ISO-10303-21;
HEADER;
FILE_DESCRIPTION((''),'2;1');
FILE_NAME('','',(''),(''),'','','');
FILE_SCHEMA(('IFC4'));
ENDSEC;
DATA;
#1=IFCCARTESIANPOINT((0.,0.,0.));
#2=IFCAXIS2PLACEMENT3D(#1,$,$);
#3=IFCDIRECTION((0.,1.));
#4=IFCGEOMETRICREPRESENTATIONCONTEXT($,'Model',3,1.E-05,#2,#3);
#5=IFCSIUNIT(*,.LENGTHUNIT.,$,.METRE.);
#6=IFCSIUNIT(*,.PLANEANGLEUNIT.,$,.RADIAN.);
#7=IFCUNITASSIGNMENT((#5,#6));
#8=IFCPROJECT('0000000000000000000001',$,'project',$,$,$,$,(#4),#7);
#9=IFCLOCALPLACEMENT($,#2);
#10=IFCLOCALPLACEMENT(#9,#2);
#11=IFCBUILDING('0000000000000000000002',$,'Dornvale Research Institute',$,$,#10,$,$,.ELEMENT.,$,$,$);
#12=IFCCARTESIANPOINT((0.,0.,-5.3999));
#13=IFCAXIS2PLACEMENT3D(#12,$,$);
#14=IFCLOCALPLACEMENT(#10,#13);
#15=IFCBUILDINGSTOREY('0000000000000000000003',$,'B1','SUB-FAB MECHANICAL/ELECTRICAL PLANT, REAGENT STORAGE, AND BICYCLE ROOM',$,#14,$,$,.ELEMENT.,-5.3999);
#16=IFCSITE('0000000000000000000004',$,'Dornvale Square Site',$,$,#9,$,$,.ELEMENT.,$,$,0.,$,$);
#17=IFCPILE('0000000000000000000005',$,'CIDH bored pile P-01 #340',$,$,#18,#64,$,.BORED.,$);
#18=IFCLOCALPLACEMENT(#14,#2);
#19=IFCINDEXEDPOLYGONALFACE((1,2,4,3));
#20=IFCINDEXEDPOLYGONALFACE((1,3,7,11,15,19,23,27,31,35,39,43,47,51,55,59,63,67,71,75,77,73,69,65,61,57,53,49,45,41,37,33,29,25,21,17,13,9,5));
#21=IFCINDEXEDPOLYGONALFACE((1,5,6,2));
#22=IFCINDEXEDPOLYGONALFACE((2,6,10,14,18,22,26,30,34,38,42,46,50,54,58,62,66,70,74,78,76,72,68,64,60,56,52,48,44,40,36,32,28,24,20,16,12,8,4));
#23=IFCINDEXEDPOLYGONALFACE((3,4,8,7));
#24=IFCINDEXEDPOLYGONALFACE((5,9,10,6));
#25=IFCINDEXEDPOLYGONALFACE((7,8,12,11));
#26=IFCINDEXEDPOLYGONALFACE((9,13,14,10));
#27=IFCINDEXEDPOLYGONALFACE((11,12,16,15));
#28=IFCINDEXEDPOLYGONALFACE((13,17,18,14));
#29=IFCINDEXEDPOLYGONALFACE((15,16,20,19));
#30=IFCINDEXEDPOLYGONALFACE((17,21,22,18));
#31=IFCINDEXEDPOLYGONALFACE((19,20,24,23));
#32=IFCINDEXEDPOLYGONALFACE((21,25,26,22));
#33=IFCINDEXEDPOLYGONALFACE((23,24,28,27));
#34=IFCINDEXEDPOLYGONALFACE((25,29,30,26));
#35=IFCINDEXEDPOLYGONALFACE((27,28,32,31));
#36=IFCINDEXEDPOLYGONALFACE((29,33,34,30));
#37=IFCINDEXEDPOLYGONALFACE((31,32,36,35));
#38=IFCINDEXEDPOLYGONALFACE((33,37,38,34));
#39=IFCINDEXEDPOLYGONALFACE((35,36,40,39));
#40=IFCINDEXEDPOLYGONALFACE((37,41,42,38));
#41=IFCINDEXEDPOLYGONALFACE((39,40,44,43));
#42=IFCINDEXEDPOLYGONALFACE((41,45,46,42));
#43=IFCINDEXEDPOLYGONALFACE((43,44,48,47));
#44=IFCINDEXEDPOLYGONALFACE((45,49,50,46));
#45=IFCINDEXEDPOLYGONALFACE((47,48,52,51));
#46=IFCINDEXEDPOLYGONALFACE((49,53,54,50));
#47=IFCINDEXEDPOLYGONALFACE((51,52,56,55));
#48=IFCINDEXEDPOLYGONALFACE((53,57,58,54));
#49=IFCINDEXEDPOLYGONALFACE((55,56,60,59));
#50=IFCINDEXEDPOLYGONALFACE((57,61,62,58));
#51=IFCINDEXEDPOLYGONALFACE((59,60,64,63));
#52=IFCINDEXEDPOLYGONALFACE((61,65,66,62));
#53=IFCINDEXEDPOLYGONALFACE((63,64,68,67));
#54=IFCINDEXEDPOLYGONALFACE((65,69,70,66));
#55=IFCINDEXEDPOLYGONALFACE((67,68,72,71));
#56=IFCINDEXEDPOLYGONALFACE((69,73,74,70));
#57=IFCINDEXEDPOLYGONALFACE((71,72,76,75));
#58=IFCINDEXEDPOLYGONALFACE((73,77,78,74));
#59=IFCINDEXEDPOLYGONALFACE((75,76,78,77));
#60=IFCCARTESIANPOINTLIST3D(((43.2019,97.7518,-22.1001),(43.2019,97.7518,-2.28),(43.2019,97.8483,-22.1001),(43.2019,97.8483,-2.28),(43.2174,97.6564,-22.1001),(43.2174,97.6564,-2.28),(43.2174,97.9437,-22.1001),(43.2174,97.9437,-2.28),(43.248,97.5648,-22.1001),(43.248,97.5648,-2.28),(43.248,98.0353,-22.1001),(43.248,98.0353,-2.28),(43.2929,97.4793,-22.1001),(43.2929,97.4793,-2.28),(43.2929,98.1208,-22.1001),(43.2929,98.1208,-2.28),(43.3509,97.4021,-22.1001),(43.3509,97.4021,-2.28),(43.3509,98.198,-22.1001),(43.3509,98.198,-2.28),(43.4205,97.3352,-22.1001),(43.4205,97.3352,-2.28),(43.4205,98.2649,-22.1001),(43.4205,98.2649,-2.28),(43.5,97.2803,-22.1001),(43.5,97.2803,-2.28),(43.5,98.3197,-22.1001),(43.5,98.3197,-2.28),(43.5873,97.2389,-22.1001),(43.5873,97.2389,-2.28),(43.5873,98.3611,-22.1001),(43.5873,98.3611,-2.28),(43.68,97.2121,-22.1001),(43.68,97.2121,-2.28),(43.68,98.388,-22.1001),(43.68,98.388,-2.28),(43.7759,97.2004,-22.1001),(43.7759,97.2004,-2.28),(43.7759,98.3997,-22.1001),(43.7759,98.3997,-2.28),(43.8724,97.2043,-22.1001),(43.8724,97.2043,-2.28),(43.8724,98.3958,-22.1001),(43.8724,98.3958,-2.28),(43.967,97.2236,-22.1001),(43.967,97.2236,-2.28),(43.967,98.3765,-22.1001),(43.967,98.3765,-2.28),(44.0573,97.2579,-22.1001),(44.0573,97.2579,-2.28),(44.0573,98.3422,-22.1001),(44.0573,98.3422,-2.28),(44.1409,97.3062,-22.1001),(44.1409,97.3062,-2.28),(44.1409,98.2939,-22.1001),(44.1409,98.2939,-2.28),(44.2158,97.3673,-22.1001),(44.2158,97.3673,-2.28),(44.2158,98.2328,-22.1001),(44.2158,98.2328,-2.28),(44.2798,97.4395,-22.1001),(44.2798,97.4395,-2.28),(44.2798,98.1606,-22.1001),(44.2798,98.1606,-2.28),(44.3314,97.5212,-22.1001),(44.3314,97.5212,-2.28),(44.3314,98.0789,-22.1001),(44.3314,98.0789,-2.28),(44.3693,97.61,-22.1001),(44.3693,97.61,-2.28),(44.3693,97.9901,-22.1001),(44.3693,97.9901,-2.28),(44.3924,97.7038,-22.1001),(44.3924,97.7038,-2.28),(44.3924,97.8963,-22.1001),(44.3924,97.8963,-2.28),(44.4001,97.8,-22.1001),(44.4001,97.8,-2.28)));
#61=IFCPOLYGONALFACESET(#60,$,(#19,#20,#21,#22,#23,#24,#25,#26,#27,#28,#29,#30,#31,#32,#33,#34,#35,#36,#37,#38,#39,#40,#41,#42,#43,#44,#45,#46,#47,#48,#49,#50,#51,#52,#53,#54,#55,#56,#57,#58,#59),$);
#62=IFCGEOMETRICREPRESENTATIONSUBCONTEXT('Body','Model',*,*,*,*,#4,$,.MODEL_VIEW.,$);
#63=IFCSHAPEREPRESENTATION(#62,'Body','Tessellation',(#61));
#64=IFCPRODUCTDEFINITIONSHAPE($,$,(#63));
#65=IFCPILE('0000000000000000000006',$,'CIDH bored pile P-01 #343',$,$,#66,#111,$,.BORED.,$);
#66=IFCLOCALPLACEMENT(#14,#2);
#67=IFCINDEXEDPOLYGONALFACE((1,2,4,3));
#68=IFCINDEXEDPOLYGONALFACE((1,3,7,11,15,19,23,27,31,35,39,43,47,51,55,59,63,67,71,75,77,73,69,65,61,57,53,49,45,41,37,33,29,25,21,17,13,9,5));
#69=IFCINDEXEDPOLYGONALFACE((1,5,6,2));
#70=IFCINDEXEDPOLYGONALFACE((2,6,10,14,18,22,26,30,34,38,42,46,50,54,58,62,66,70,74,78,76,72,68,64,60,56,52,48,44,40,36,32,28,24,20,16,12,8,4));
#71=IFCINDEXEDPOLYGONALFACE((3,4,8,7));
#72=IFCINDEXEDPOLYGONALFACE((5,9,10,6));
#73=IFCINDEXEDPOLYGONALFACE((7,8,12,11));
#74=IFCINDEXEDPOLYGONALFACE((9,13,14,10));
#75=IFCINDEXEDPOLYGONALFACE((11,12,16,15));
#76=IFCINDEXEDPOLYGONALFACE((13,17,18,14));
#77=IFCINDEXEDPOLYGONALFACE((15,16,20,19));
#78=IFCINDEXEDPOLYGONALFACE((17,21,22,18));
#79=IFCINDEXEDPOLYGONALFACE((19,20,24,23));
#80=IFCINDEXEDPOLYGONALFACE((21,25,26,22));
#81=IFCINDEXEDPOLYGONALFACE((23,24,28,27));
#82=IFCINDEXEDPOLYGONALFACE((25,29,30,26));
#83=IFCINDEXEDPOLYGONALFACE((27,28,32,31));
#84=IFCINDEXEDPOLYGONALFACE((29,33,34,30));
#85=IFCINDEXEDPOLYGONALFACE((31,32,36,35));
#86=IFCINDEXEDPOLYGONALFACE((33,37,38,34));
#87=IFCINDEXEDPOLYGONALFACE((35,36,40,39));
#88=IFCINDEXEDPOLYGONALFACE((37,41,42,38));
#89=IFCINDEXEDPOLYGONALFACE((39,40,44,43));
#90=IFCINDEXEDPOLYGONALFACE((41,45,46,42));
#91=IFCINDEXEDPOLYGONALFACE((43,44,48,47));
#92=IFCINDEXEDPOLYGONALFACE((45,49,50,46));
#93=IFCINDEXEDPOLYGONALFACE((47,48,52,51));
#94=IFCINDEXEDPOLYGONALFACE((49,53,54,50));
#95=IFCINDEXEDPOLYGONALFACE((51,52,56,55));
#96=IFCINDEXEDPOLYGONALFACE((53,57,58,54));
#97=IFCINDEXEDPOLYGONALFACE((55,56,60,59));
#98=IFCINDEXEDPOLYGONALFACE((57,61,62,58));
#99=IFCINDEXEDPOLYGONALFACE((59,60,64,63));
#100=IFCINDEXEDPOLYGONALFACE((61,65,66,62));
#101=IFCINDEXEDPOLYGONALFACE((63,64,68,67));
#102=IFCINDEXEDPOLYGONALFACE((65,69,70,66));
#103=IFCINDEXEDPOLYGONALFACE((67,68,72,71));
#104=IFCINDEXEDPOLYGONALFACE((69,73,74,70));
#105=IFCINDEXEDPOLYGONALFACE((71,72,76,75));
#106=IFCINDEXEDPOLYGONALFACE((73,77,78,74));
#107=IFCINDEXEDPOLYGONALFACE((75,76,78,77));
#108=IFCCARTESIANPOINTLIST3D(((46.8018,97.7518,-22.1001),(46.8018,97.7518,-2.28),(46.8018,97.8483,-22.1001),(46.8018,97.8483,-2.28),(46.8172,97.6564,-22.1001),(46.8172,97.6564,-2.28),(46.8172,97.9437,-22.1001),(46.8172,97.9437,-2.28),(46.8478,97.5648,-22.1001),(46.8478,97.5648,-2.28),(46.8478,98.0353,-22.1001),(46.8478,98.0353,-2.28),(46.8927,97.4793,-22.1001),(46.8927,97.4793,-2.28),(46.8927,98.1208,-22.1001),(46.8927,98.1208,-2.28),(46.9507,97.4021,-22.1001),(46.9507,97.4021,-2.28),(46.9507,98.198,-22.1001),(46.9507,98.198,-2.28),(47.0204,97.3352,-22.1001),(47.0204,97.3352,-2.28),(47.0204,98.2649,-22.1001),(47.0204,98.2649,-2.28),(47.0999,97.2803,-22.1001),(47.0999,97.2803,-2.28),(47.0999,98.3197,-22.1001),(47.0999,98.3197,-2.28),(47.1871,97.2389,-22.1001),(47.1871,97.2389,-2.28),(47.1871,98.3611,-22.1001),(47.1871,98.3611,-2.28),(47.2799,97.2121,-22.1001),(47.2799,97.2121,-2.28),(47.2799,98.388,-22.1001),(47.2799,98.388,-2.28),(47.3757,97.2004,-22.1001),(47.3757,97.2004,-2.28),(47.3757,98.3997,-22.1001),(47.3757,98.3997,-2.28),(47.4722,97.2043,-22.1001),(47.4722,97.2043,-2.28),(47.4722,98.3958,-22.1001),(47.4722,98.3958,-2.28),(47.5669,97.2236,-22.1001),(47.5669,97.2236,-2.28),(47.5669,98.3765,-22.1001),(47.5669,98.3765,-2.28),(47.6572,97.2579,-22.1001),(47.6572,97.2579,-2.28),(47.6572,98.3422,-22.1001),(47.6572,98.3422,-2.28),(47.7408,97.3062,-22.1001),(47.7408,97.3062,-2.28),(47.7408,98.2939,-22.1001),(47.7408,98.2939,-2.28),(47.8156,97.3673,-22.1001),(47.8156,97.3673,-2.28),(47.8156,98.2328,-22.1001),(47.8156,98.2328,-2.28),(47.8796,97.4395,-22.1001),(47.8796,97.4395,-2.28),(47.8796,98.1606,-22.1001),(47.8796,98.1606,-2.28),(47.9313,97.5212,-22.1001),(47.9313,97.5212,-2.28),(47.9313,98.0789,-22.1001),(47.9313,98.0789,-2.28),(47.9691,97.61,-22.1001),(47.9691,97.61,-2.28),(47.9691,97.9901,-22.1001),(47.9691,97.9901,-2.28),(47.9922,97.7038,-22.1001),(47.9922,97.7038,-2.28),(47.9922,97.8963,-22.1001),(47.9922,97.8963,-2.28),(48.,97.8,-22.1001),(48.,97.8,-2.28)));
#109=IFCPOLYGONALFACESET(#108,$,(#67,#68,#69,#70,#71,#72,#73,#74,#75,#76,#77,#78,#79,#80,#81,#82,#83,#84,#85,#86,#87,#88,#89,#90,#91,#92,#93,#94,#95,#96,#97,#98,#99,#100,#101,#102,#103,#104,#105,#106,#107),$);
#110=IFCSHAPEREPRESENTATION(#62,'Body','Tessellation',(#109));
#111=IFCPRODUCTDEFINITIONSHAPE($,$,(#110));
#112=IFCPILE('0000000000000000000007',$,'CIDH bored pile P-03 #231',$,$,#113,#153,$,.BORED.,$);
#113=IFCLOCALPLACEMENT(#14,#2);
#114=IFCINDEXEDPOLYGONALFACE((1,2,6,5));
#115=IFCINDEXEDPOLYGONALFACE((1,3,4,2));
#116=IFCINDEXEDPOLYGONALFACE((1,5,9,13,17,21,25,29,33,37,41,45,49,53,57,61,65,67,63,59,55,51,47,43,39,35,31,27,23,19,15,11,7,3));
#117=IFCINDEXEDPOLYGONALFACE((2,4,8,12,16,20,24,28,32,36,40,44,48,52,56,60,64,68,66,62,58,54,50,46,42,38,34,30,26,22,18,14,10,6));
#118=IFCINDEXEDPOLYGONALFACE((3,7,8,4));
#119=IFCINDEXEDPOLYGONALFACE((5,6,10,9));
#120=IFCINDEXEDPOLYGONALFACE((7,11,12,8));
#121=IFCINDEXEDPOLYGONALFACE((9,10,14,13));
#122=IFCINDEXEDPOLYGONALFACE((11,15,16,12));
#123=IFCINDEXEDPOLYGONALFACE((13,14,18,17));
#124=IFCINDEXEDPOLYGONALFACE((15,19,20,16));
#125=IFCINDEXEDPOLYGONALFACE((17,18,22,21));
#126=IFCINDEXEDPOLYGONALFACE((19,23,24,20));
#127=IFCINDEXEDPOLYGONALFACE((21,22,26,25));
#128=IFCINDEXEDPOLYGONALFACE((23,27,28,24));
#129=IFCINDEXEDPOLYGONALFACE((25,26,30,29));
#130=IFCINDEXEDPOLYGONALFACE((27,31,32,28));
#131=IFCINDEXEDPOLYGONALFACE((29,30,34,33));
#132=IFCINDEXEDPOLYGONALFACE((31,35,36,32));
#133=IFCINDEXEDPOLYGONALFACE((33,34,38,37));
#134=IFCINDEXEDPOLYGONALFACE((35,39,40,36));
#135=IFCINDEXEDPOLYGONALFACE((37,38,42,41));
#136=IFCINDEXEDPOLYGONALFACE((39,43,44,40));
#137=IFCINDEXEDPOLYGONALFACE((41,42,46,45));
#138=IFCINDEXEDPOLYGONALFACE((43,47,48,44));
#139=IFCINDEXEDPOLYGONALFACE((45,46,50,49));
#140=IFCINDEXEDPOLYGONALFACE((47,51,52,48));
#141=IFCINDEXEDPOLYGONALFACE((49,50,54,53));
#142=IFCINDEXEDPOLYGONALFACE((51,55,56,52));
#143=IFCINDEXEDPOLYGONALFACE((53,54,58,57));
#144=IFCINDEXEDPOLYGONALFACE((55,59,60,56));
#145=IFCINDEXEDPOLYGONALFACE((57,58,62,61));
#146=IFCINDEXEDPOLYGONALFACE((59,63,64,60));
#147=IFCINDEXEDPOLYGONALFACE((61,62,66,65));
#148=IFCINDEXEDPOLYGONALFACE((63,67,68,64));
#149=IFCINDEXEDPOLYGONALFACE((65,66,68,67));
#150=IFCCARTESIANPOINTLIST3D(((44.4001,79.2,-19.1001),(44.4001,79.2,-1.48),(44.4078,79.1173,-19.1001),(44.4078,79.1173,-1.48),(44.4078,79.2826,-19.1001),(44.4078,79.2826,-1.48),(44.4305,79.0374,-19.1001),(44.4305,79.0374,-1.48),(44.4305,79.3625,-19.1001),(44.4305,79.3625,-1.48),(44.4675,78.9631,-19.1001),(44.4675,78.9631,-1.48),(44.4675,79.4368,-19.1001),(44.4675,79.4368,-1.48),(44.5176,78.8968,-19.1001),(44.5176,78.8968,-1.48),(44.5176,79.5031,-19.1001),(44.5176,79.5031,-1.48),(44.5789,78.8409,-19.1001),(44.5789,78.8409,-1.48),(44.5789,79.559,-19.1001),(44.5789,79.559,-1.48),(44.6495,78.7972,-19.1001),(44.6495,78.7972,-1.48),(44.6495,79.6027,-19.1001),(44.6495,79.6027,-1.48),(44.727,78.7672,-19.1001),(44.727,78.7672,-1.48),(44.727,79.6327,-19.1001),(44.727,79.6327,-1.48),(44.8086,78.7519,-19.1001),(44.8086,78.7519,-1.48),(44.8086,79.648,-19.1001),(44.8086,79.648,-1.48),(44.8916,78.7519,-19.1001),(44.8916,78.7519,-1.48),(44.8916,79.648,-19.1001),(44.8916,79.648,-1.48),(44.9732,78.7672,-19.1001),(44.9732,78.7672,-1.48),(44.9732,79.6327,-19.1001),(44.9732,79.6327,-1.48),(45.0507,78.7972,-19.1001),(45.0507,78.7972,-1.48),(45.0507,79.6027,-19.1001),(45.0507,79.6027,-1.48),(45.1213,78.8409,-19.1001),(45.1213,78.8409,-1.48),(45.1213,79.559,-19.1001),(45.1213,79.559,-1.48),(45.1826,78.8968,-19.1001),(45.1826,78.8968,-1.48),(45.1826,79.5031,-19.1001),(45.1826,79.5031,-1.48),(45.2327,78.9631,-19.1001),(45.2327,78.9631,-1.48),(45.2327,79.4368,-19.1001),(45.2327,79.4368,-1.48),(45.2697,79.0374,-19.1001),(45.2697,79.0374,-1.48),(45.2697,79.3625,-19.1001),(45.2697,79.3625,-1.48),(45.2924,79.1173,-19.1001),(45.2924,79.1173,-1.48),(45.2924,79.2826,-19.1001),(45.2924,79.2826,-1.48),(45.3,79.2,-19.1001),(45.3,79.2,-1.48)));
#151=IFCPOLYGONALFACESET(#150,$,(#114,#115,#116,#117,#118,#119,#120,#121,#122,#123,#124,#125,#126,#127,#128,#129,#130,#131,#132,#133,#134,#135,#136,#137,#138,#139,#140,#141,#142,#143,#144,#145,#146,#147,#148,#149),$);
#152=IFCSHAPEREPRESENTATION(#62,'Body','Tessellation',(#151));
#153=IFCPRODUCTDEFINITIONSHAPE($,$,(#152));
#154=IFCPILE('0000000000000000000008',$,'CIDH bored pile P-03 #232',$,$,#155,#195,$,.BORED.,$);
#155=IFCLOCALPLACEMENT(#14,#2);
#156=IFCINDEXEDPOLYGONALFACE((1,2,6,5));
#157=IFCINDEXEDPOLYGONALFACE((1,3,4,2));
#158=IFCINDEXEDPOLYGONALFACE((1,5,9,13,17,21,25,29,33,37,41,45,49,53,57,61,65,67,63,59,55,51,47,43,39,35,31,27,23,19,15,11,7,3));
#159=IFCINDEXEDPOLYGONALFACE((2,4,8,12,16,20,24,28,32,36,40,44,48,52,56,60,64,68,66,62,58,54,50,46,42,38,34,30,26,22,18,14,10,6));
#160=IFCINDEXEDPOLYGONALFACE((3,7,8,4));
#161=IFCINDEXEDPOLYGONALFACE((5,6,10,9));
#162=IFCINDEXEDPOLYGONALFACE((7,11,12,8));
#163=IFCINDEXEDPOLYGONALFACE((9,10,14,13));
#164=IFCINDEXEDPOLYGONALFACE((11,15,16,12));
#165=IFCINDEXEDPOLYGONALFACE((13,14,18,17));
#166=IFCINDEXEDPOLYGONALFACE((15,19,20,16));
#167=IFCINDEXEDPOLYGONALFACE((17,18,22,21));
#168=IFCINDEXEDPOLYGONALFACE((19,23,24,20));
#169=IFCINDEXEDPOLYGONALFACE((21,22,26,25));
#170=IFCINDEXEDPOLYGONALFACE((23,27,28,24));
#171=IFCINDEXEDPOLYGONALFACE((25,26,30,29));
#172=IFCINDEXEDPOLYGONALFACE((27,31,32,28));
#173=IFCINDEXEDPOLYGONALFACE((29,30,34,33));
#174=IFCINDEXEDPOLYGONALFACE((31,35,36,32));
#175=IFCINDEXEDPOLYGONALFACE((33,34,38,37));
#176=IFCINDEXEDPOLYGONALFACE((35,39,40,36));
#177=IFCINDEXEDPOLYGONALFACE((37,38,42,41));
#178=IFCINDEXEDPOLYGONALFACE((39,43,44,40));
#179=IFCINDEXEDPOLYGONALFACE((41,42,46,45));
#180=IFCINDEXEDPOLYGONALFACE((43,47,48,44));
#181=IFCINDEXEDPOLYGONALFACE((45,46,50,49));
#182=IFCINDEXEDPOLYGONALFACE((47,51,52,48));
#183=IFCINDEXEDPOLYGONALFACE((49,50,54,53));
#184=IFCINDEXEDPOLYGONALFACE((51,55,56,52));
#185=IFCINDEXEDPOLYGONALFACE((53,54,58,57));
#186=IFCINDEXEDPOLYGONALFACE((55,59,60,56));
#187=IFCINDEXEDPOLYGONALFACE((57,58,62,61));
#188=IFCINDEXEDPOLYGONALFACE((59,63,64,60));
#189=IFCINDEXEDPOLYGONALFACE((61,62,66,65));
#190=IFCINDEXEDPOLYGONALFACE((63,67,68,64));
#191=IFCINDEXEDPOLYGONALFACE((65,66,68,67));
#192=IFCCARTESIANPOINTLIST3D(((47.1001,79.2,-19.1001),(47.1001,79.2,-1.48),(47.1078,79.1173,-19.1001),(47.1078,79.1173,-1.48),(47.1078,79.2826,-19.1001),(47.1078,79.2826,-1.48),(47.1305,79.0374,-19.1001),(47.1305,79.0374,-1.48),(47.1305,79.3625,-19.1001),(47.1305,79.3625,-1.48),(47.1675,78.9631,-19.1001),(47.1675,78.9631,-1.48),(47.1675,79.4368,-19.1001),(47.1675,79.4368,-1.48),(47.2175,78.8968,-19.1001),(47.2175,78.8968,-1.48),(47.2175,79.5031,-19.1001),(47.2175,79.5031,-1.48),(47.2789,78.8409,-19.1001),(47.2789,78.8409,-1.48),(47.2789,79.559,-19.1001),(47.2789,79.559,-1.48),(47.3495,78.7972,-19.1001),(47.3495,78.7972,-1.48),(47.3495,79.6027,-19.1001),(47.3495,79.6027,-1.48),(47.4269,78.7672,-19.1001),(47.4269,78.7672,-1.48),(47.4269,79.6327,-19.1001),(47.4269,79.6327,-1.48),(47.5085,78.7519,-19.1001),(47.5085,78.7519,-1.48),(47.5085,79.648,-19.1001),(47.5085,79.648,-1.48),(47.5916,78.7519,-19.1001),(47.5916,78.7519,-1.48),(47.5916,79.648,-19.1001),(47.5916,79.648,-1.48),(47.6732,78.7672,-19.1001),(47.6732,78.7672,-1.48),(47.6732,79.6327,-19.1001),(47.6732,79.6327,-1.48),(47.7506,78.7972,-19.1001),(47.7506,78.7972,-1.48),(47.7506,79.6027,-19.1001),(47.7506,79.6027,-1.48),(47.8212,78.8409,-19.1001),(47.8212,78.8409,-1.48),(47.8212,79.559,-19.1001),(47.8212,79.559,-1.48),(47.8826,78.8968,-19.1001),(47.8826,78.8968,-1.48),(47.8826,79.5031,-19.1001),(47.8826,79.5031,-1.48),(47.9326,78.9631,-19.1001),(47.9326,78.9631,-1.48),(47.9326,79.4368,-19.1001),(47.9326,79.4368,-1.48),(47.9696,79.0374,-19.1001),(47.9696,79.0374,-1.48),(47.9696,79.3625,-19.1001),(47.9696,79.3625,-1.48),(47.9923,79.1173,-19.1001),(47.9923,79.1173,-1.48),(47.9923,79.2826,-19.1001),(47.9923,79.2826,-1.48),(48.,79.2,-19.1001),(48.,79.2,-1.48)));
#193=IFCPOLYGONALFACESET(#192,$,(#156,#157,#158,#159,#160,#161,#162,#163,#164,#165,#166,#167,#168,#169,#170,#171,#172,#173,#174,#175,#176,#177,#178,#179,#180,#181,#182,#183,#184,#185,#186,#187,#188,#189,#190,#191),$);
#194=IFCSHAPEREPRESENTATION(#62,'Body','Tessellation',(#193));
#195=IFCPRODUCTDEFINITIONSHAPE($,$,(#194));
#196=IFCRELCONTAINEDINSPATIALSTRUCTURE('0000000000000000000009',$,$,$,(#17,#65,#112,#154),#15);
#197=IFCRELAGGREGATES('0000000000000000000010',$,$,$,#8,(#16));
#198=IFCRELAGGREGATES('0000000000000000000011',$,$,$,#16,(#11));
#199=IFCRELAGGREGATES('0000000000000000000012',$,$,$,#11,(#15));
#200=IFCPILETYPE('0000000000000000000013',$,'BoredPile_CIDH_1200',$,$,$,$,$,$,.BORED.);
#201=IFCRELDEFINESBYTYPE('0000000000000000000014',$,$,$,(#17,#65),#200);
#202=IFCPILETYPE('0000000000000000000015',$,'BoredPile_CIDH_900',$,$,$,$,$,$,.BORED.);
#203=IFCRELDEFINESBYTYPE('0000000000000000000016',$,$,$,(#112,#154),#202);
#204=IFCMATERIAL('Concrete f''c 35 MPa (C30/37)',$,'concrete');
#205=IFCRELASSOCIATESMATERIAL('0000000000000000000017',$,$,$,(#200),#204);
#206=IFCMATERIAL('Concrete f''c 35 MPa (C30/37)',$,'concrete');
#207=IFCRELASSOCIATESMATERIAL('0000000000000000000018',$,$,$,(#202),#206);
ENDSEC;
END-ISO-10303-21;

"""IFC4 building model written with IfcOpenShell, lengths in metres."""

from ifc_helpers import new_model, si_unit, direction, frame, origin, origin_2d, place, context, subcontext, project, spatial, circle, extrude, material, material_profile, profile_set, type_object, element, save


model = new_model("IFC4")

# Units and contexts
model_context = context("Model", 3, precision=1e-05, world=origin(), true_north=direction((0.0, 1.0)))
body_context = subcontext(model_context, "Body", "Model", "MODEL_VIEW")
ifc_project = project(units=[si_unit("LENGTHUNIT", "METRE"), si_unit("PLANEANGLEUNIT", "RADIAN")], contexts=[model_context])

# Site, building, storey
site_placement = place(None, origin())
site = spatial("IfcSite", under=ifc_project, at=site_placement, Name="Dornvale Square Site", CompositionType="ELEMENT", RefElevation=0.0)
building_placement = place(site_placement, origin())
building = spatial("IfcBuilding", under=site, at=building_placement, Name="Dornvale Research Institute", CompositionType="ELEMENT")
storey_placement = place(building_placement, frame((0.0, 0.0, -5.3999)))
storey = spatial("IfcBuildingStorey", under=building, at=storey_placement, Name="B1", Description="SUB-FAB MECHANICAL/ELECTRICAL PLANT, REAGENT STORAGE, AND BICYCLE ROOM", CompositionType="ELEMENT", Elevation=-5.3999)

# Piles
ifc_material_1 = material(Name="Concrete f'c 35 MPa (C30/37)", Category="concrete")
ifc_material_profile_1 = material_profile(ifc_material_1, circle(Radius=0.6001, at=origin_2d()), Name="CIDH PILE D1200")
ifc_profile_set_1 = profile_set([ifc_material_profile_1], Name="Concrete f'c 35 MPa (C30/37)")
pile_type_1 = type_object("IfcPileType", Name="BoredPile_CIDH_1200", PredefinedType="BORED", material=ifc_profile_set_1)
for number, where, z_axis, x_axis, name in (
    (1, (43.8, 97.8, -2.28), (0.0, 0.0, -1.0), (1.0, 0.0, 0.0), "CIDH bored pile P-01 #340"),
    (2, (47.3999, 97.8, -2.28), (0.0, 0.0, -1.0), (1.0, 0.0, 0.0), "CIDH bored pile P-01 #343"),
):
    element("IfcPile", number, at=place(storey_placement, frame(where, z_axis=z_axis, x_axis=x_axis)), inside=storey, type_object=pile_type_1, Name=name, PredefinedType="BORED", context=body_context, shape_type="SweptSolid", body=[
        extrude(circle(Radius=0.6001, at=origin_2d()), origin(), (0.0, 0.0, 1.0), 19.8201),
    ])
ifc_material_2 = material(Name="Concrete f'c 35 MPa (C30/37)", Category="concrete")
ifc_material_profile_2 = material_profile(ifc_material_2, circle(Radius=0.45, at=origin_2d()), Name="CIDH PILE D900")
ifc_profile_set_2 = profile_set([ifc_material_profile_2], Name="Concrete f'c 35 MPa (C30/37)")
pile_type_2 = type_object("IfcPileType", Name="BoredPile_CIDH_900", PredefinedType="BORED", material=ifc_profile_set_2)
for number, where, z_axis, x_axis, name in (
    (3, (44.8501, 79.2, -1.48), (0.0, 0.0, -1.0), (1.0, 0.0, 0.0), "CIDH bored pile P-03 #231"),
    (4, (47.55, 79.2, -1.48), (0.0, 0.0, -1.0), (1.0, 0.0, 0.0), "CIDH bored pile P-03 #232"),
):
    element("IfcPile", number, at=place(storey_placement, frame(where, z_axis=z_axis, x_axis=x_axis)), inside=storey, type_object=pile_type_2, Name=name, PredefinedType="BORED", context=body_context, shape_type="SweptSolid", body=[
        extrude(circle(Radius=0.45, at=origin_2d()), origin(), (0.0, 0.0, 1.0), 17.6201),
    ])

save(model, "model.ifc")
